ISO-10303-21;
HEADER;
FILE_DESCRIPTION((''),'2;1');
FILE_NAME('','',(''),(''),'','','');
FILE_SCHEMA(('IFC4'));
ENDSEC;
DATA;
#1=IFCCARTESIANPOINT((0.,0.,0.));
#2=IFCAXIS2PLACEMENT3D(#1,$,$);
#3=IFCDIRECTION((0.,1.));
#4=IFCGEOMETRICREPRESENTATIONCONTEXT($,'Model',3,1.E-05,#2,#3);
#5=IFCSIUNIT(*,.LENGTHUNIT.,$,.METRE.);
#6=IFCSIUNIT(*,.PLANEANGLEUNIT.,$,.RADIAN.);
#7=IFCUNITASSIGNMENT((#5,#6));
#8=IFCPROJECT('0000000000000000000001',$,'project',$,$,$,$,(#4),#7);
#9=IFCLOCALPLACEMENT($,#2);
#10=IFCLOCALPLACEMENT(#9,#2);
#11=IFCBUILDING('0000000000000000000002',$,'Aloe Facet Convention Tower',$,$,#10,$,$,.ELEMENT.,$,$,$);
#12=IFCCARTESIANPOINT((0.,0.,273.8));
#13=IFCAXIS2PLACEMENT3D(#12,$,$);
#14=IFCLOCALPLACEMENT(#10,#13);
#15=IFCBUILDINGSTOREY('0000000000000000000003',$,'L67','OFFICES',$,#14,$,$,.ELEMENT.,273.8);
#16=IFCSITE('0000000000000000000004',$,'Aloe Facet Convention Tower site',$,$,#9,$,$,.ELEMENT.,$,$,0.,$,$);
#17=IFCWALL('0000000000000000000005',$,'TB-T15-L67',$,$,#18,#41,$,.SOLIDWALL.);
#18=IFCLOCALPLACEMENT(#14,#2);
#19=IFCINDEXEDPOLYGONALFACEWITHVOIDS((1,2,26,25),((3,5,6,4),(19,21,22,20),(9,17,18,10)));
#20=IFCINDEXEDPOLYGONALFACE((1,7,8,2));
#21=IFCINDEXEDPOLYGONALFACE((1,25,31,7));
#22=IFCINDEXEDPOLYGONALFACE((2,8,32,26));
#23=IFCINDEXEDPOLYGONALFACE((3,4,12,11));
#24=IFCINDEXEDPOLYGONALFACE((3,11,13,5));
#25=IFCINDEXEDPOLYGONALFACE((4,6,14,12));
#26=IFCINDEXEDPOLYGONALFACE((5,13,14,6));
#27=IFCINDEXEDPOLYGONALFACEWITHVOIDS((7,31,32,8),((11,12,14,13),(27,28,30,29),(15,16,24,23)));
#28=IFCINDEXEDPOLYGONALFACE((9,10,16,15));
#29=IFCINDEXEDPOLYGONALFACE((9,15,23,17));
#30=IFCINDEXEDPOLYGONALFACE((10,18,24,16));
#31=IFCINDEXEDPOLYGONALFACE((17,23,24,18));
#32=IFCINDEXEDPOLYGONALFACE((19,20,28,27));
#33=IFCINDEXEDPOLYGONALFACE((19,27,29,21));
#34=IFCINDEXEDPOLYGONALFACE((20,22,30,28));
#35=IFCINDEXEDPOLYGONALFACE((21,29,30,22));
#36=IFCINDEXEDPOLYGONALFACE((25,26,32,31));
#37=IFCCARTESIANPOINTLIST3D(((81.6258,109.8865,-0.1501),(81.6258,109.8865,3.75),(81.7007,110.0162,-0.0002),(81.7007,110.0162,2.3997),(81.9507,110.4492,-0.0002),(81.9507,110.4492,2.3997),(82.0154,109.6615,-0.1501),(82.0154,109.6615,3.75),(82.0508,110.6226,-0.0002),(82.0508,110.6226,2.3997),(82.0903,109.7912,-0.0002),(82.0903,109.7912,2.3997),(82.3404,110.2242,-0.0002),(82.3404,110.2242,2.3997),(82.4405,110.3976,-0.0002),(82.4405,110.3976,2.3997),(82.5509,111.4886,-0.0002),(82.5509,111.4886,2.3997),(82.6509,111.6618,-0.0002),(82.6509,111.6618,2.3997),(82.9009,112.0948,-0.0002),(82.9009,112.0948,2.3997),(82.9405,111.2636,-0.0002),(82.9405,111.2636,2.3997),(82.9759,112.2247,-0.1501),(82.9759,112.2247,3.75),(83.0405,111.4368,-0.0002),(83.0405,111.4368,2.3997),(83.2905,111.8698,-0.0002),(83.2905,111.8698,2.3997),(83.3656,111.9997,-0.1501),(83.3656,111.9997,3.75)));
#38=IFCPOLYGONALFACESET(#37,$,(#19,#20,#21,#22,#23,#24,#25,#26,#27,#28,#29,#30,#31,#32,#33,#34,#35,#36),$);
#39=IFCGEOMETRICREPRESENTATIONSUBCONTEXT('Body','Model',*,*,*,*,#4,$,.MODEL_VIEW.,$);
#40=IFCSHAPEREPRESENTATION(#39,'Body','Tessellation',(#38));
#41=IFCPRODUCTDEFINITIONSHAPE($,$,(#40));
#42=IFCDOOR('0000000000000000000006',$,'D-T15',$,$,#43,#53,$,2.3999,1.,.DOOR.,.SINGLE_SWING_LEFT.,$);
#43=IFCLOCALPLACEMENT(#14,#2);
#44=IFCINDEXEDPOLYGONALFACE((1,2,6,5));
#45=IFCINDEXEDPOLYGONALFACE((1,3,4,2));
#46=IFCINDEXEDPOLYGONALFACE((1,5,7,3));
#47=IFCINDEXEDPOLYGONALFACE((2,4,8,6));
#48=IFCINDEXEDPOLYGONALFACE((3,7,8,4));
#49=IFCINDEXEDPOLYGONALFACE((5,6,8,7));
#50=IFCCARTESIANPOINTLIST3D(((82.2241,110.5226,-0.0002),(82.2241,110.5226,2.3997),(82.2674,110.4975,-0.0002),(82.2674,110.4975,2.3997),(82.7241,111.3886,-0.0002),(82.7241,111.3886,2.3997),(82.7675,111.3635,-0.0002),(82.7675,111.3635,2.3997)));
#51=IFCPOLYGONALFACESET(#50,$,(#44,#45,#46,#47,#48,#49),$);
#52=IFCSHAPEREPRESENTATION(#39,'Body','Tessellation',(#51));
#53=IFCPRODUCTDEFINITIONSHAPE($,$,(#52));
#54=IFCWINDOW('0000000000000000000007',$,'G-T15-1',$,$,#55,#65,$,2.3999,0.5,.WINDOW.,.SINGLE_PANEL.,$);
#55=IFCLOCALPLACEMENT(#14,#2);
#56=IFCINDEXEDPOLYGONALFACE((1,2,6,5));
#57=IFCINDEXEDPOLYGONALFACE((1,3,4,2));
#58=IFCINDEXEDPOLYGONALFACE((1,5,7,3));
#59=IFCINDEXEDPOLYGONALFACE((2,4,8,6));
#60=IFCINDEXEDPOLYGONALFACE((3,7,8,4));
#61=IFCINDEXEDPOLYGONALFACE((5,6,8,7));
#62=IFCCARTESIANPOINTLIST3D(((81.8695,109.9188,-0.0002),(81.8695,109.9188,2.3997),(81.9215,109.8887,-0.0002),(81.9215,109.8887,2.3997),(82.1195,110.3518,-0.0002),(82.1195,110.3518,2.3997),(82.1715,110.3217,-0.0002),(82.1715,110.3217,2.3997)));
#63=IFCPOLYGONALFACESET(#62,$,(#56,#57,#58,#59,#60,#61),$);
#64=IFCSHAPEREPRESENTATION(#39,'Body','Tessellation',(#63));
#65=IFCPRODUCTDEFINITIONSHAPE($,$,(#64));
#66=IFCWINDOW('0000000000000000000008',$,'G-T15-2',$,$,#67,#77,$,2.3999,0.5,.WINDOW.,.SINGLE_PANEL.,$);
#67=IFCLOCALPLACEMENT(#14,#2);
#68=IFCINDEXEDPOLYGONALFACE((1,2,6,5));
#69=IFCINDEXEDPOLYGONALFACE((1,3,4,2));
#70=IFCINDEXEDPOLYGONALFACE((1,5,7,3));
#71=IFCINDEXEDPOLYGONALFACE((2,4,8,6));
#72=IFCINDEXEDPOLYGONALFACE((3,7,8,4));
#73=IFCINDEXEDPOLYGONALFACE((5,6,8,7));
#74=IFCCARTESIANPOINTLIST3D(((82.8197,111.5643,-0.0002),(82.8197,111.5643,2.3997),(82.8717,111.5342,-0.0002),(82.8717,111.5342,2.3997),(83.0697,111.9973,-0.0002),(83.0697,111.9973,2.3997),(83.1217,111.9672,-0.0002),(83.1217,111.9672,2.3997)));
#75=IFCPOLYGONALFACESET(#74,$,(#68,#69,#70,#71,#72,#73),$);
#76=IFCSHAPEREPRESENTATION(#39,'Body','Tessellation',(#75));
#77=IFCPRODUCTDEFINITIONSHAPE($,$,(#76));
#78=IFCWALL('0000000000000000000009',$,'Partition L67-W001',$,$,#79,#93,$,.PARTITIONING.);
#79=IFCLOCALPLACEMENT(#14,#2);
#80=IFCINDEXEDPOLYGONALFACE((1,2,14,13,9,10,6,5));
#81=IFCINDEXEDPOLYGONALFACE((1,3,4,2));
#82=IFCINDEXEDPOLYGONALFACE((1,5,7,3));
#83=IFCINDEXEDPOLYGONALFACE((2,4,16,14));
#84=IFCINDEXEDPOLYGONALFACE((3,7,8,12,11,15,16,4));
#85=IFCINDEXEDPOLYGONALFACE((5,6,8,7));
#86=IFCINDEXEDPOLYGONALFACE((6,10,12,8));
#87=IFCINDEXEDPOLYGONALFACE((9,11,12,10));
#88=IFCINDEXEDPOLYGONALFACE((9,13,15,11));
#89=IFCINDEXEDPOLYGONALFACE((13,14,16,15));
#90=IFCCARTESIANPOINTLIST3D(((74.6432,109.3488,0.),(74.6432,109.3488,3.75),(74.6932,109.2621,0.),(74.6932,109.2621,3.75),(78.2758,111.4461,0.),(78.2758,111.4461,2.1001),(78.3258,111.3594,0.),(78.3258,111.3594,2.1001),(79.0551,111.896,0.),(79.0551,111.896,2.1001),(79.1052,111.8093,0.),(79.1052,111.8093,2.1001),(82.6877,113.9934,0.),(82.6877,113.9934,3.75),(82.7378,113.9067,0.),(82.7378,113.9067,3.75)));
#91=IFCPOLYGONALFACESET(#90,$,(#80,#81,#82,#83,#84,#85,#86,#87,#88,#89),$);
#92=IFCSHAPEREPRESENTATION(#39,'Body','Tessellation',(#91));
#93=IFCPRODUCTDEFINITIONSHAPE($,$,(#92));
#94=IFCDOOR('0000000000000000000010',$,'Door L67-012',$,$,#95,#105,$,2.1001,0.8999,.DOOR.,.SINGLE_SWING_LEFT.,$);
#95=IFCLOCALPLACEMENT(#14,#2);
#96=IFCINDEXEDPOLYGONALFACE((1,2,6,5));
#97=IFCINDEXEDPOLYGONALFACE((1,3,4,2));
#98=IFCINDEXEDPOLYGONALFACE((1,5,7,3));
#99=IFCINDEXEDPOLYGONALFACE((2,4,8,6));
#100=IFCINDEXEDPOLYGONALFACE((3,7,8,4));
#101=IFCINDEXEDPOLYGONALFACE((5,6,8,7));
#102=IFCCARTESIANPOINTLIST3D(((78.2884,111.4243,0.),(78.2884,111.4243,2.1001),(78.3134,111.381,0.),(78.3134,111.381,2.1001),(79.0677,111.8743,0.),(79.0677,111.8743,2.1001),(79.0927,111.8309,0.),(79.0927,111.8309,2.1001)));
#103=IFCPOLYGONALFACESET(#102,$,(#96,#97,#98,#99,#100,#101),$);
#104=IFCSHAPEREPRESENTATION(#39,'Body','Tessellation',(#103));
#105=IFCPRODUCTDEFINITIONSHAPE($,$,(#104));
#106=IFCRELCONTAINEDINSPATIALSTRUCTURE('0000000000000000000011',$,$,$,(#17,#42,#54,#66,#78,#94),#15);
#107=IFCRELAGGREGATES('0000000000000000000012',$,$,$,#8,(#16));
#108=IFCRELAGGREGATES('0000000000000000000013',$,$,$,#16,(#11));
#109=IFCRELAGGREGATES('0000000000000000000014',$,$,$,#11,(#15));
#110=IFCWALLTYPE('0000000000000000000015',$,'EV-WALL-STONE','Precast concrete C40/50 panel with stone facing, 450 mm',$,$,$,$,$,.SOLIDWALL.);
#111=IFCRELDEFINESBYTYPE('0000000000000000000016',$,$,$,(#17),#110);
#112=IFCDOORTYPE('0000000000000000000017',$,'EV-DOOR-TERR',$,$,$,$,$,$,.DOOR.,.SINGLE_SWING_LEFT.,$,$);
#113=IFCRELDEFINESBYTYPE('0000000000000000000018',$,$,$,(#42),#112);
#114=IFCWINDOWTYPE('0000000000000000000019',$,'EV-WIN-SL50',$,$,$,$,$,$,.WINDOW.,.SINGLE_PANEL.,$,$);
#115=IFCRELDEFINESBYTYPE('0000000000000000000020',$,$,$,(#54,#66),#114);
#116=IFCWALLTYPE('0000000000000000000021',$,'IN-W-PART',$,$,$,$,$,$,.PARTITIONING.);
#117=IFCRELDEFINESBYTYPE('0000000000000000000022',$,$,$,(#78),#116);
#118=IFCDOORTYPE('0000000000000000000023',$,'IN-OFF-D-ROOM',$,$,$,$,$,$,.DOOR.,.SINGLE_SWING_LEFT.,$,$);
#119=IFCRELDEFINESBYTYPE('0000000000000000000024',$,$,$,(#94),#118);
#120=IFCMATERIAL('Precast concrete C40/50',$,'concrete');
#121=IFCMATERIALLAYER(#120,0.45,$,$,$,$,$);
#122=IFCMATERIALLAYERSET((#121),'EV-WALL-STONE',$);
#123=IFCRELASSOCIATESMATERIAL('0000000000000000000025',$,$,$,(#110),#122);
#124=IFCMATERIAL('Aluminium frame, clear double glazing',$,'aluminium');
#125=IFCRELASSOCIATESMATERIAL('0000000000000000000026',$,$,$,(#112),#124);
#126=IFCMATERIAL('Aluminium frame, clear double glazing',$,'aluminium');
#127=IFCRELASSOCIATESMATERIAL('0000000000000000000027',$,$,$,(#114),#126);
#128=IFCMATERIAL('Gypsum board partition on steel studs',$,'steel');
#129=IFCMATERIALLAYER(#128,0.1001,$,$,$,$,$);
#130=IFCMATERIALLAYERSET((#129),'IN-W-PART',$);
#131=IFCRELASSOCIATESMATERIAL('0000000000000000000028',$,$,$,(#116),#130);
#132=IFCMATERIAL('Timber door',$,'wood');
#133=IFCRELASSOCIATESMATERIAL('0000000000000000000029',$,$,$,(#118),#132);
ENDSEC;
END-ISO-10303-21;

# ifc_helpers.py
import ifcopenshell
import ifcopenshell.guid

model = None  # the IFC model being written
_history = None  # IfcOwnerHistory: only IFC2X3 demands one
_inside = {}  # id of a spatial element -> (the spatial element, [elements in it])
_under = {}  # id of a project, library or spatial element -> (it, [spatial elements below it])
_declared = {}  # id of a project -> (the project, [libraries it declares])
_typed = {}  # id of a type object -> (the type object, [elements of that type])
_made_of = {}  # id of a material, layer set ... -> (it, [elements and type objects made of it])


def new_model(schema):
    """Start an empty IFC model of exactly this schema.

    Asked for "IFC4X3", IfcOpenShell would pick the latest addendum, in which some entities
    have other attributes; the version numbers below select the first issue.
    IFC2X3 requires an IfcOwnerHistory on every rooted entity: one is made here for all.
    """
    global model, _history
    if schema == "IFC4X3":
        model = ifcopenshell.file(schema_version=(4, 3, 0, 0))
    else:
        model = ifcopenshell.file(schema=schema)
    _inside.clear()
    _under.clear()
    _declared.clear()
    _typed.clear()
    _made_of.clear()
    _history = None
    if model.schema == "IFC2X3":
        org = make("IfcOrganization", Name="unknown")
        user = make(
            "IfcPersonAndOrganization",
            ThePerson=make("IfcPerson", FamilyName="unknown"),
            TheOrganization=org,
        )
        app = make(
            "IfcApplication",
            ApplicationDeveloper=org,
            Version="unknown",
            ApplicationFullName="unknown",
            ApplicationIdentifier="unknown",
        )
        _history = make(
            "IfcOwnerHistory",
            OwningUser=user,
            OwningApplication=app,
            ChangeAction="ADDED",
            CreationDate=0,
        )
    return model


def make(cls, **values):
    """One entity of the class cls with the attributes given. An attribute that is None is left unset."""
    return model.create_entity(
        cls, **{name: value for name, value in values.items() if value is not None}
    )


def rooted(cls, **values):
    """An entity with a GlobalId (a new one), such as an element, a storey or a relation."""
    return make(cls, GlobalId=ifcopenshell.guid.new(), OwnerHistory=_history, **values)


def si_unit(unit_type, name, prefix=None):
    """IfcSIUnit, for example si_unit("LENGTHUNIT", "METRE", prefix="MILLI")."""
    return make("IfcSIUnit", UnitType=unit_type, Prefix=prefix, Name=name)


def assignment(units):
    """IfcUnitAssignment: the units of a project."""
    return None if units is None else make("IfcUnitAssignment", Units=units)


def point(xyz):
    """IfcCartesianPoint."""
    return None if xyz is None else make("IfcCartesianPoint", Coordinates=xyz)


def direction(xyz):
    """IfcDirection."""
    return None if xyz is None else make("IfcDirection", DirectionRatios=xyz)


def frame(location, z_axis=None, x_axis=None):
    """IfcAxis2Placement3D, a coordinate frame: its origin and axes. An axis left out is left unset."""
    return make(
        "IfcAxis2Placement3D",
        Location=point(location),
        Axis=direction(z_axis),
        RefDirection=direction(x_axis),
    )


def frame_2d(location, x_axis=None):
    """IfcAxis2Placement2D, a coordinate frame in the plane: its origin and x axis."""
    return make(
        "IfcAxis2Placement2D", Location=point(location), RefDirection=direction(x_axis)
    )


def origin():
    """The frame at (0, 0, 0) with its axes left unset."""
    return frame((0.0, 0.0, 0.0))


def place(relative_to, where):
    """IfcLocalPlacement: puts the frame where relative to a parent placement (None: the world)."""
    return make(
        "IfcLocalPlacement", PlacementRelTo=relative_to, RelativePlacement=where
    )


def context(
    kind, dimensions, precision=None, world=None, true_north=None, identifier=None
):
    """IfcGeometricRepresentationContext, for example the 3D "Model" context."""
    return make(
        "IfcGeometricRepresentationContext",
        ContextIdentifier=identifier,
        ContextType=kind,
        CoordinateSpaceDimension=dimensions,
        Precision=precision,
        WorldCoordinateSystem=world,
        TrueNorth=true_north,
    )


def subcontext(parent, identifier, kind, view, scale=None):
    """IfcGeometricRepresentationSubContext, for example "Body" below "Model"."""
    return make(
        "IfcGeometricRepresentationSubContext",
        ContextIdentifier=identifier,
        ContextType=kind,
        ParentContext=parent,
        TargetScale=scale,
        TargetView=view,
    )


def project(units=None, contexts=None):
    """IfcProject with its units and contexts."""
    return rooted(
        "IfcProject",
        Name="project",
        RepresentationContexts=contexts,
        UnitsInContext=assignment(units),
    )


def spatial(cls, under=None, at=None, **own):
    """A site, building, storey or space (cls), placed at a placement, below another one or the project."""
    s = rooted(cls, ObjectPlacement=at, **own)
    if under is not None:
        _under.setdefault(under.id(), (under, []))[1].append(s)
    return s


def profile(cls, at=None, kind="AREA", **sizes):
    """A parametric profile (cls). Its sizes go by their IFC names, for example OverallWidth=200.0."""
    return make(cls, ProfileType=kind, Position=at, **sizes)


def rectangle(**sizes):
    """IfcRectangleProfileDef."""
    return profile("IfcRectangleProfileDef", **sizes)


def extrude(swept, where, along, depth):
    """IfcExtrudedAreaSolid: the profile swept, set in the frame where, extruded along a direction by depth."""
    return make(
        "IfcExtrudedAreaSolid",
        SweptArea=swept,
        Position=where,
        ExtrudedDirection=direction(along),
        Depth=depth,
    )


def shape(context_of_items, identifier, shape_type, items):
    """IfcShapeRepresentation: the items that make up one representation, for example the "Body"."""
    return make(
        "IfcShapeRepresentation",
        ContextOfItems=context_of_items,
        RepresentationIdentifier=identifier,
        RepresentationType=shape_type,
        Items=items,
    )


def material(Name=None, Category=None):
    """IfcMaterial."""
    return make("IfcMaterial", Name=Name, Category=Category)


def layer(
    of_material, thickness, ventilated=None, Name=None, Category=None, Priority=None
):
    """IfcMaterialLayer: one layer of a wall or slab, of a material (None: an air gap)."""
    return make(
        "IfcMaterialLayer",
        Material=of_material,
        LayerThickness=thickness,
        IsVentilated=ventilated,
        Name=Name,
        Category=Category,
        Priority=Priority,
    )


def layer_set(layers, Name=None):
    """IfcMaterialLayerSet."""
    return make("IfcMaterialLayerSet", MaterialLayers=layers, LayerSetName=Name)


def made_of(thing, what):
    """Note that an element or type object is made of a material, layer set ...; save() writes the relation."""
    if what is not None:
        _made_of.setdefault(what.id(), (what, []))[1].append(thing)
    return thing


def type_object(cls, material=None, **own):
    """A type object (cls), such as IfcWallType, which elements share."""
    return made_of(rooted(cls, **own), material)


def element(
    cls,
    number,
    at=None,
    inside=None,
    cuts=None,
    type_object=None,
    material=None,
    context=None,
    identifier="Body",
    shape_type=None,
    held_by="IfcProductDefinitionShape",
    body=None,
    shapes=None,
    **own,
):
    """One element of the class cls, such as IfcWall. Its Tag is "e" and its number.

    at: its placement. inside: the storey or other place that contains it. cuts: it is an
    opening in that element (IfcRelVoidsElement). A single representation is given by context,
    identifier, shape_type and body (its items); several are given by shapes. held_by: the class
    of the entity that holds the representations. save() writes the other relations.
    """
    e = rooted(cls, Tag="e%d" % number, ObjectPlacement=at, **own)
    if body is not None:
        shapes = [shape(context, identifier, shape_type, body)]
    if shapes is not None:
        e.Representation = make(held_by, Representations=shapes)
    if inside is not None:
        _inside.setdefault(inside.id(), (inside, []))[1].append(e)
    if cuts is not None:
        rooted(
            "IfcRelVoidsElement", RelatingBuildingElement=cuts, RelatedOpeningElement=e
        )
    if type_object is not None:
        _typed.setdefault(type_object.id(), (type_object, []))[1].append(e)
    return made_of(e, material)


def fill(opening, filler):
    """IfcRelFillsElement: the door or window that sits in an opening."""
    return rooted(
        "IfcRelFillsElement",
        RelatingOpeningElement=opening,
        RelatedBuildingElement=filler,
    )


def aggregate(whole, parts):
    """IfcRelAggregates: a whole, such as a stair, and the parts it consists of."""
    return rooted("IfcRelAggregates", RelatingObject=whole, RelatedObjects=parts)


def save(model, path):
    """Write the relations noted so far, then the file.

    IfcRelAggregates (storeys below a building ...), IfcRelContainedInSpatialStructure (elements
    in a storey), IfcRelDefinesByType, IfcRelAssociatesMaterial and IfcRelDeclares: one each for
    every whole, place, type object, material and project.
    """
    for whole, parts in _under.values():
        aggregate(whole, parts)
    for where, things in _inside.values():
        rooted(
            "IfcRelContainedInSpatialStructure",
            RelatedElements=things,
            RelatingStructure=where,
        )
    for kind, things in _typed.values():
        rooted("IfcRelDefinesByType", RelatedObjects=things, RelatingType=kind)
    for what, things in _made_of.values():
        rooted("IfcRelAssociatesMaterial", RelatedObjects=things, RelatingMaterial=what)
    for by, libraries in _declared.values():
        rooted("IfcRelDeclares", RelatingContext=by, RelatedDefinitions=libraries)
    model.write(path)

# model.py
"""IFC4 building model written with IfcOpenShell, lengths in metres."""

from ifc_helpers import new_model, si_unit, direction, frame, frame_2d, origin, place, context, subcontext, project, spatial, rectangle, extrude, material, layer, layer_set, type_object, element, fill, save


model = new_model("IFC4")

# Units and contexts
model_context = context("Model", 3, precision=1e-05, world=origin(), true_north=direction((0.0, 1.0)))
body_context = subcontext(model_context, "Body", "Model", "MODEL_VIEW")
ifc_project = project(units=[si_unit("LENGTHUNIT", "METRE"), si_unit("PLANEANGLEUNIT", "RADIAN")], contexts=[model_context])

# Site, building, storey
site_placement = place(None, origin())
site = spatial("IfcSite", under=ifc_project, at=site_placement, Name="Aloe Facet Convention Tower site", CompositionType="ELEMENT", RefElevation=0.0)
building_placement = place(site_placement, origin())
building = spatial("IfcBuilding", under=site, at=building_placement, Name="Aloe Facet Convention Tower", CompositionType="ELEMENT")
storey_placement = place(building_placement, frame((0.0, 0.0, 273.8)))
storey = spatial("IfcBuildingStorey", under=building, at=storey_placement, Name="L67", Description="OFFICES", CompositionType="ELEMENT", Elevation=273.8)

# Shared definitions
ifc_material_1 = material(Name="Precast concrete C40/50", Category="concrete")
ifc_layer_1 = layer(ifc_material_1, 0.45)
ifc_layer_set_1 = layer_set([ifc_layer_1], Name="EV-WALL-STONE")
wall_type_1 = type_object("IfcWallType", Name="EV-WALL-STONE", Description="Precast concrete C40/50 panel with stone facing, 450 mm", PredefinedType="SOLIDWALL", material=ifc_layer_set_1)

# Wall, openings, door, windows
wall_1_placement = place(storey_placement, frame((81.8206, 109.7739, -0.1501), z_axis=(0.0, 0.0, 1.0), x_axis=(0.500049, 0.865997, 0.0)))
wall_1 = element("IfcWall", 1, at=wall_1_placement, inside=storey, type_object=wall_type_1, Name="TB-T15-L67", PredefinedType="SOLIDWALL", context=body_context, shape_type="SweptSolid", body=[
    extrude(rectangle(XDim=2.7, YDim=0.45, at=frame_2d((1.3501, 0.0))), origin(), (0.0, 0.0, 1.0), 3.9001),
])
opening_1_placement = place(wall_1_placement, frame((0.8501, 0.0, 0.1499)))
opening_1 = element("IfcOpeningElement", 2, at=opening_1_placement, cuts=wall_1, PredefinedType="OPENING", context=body_context, shape_type="SweptSolid", body=[
    extrude(rectangle(XDim=1.0, YDim=2.3999, at=frame_2d((0.5, 1.2))), frame((0.0, 0.2349, 0.0), z_axis=(0.0, -1.0, 0.0), x_axis=(1.0, 0.0, 0.0)), (0.0, 0.0, 1.0), 0.47),
])
opening_2_placement = place(wall_1_placement, frame((0.1499, 0.0, 0.1499)))
opening_2 = element("IfcOpeningElement", 3, at=opening_2_placement, cuts=wall_1, PredefinedType="OPENING", context=body_context, shape_type="SweptSolid", body=[
    extrude(rectangle(XDim=0.5, YDim=2.3999, at=frame_2d((0.25, 1.2))), frame((0.0, 0.2349, 0.0), z_axis=(0.0, -1.0, 0.0), x_axis=(1.0, 0.0, 0.0)), (0.0, 0.0, 1.0), 0.47),
])
opening_3_placement = place(wall_1_placement, frame((2.05, 0.0, 0.1499)))
opening_3 = element("IfcOpeningElement", 4, at=opening_3_placement, cuts=wall_1, PredefinedType="OPENING", context=body_context, shape_type="SweptSolid", body=[
    extrude(rectangle(XDim=0.5, YDim=2.3999, at=frame_2d((0.25, 1.2))), frame((0.0, 0.2349, 0.0), z_axis=(0.0, -1.0, 0.0), x_axis=(1.0, 0.0, 0.0)), (0.0, 0.0, 1.0), 0.47),
])
ifc_material_2 = material(Name="Aluminium frame, clear double glazing", Category="aluminium")
door_type_1 = type_object("IfcDoorType", Name="EV-DOOR-TERR", OperationType="SINGLE_SWING_LEFT", PredefinedType="DOOR", material=ifc_material_2)
door_1_placement = place(opening_1_placement, origin())
door_1 = element("IfcDoor", 5, at=door_1_placement, inside=storey, type_object=door_type_1, Name="D-T15", OperationType="SINGLE_SWING_LEFT", OverallHeight=2.3999, OverallWidth=1.0, PredefinedType="DOOR", context=body_context, shape_type="SweptSolid", body=[
    extrude(rectangle(XDim=1.0, YDim=2.3999, at=frame_2d((0.5, 1.2))), frame((0.0, 0.0249, 0.0), z_axis=(0.0, -1.0, 0.0), x_axis=(1.0, 0.0, 0.0)), (0.0, 0.0, 1.0), 0.05),
])
fill(opening_1, door_1)
ifc_material_3 = material(Name="Aluminium frame, clear double glazing", Category="aluminium")
window_type_1 = type_object("IfcWindowType", Name="EV-WIN-SL50", PartitioningType="SINGLE_PANEL", PredefinedType="WINDOW", material=ifc_material_3)
window_1_placement = place(opening_2_placement, origin())
window_1 = element("IfcWindow", 6, at=window_1_placement, inside=storey, type_object=window_type_1, Name="G-T15-1", OverallHeight=2.3999, OverallWidth=0.5, PartitioningType="SINGLE_PANEL", PredefinedType="WINDOW", context=body_context, shape_type="SweptSolid", body=[
    extrude(rectangle(XDim=0.5, YDim=2.3999, at=frame_2d((0.25, 1.2))), frame((0.0, 0.03, 0.0), z_axis=(0.0, -1.0, 0.0), x_axis=(1.0, 0.0, 0.0)), (0.0, 0.0, 1.0), 0.0601),
])
fill(opening_2, window_1)
window_2_placement = place(opening_3_placement, origin())
window_2 = element("IfcWindow", 7, at=window_2_placement, inside=storey, type_object=window_type_1, Name="G-T15-2", OverallHeight=2.3999, OverallWidth=0.5, PartitioningType="SINGLE_PANEL", PredefinedType="WINDOW", context=body_context, shape_type="SweptSolid", body=[
    extrude(rectangle(XDim=0.5, YDim=2.3999, at=frame_2d((0.25, 1.2))), frame((0.0, 0.03, 0.0), z_axis=(0.0, -1.0, 0.0), x_axis=(1.0, 0.0, 0.0)), (0.0, 0.0, 1.0), 0.0601),
])
fill(opening_3, window_2)

# Wall, opening, door
ifc_material_4 = material(Name="Gypsum board partition on steel studs", Category="steel")
ifc_layer_2 = layer(ifc_material_4, 0.1001)
ifc_layer_set_2 = layer_set([ifc_layer_2], Name="IN-W-PART")
wall_type_2 = type_object("IfcWallType", Name="IN-W-PART", PredefinedType="PARTITIONING", material=ifc_layer_set_2)
wall_2_placement = place(storey_placement, frame((74.6682, 109.3054, 0.0), z_axis=(0.0, 0.0, 1.0), x_axis=(0.866022, 0.500006, 0.0)))
wall_2 = element("IfcWall", 8, at=wall_2_placement, inside=storey, type_object=wall_type_2, Name="Partition L67-W001", PredefinedType="PARTITIONING", context=body_context, shape_type="SweptSolid", body=[
    extrude(rectangle(XDim=9.2891, YDim=0.1001, at=frame_2d((4.6445, 0.0))), origin(), (0.0, 0.0, 1.0), 3.75),
])
opening_4_placement = place(wall_2_placement, frame((4.1946, 0.0, 0.0)))
opening_4 = element("IfcOpeningElement", 9, at=opening_4_placement, cuts=wall_2, PredefinedType="OPENING", context=body_context, shape_type="SweptSolid", body=[
    extrude(rectangle(XDim=0.8999, YDim=2.1001, at=frame_2d((0.45, 1.05))), frame((0.0, 0.0601, 0.0), z_axis=(0.0, -1.0, 0.0), x_axis=(1.0, 0.0, 0.0)), (0.0, 0.0, 1.0), 0.1201),
])
ifc_material_5 = material(Name="Timber door", Category="wood")
door_type_2 = type_object("IfcDoorType", Name="IN-OFF-D-ROOM", OperationType="SINGLE_SWING_LEFT", PredefinedType="DOOR", material=ifc_material_5)
door_2_placement = place(opening_4_placement, origin())
door_2 = element("IfcDoor", 10, at=door_2_placement, inside=storey, type_object=door_type_2, Name="Door L67-012", OperationType="SINGLE_SWING_LEFT", OverallHeight=2.1001, OverallWidth=0.8999, PredefinedType="DOOR", context=body_context, shape_type="SweptSolid", body=[
    extrude(rectangle(XDim=0.8999, YDim=2.1001, at=frame_2d((0.45, 1.05))), frame((0.0, 0.0249, 0.0), z_axis=(0.0, -1.0, 0.0), x_axis=(1.0, 0.0, 0.0)), (0.0, 0.0, 1.0), 0.05),
])
fill(opening_4, door_2)

save(model, "model.ifc")
